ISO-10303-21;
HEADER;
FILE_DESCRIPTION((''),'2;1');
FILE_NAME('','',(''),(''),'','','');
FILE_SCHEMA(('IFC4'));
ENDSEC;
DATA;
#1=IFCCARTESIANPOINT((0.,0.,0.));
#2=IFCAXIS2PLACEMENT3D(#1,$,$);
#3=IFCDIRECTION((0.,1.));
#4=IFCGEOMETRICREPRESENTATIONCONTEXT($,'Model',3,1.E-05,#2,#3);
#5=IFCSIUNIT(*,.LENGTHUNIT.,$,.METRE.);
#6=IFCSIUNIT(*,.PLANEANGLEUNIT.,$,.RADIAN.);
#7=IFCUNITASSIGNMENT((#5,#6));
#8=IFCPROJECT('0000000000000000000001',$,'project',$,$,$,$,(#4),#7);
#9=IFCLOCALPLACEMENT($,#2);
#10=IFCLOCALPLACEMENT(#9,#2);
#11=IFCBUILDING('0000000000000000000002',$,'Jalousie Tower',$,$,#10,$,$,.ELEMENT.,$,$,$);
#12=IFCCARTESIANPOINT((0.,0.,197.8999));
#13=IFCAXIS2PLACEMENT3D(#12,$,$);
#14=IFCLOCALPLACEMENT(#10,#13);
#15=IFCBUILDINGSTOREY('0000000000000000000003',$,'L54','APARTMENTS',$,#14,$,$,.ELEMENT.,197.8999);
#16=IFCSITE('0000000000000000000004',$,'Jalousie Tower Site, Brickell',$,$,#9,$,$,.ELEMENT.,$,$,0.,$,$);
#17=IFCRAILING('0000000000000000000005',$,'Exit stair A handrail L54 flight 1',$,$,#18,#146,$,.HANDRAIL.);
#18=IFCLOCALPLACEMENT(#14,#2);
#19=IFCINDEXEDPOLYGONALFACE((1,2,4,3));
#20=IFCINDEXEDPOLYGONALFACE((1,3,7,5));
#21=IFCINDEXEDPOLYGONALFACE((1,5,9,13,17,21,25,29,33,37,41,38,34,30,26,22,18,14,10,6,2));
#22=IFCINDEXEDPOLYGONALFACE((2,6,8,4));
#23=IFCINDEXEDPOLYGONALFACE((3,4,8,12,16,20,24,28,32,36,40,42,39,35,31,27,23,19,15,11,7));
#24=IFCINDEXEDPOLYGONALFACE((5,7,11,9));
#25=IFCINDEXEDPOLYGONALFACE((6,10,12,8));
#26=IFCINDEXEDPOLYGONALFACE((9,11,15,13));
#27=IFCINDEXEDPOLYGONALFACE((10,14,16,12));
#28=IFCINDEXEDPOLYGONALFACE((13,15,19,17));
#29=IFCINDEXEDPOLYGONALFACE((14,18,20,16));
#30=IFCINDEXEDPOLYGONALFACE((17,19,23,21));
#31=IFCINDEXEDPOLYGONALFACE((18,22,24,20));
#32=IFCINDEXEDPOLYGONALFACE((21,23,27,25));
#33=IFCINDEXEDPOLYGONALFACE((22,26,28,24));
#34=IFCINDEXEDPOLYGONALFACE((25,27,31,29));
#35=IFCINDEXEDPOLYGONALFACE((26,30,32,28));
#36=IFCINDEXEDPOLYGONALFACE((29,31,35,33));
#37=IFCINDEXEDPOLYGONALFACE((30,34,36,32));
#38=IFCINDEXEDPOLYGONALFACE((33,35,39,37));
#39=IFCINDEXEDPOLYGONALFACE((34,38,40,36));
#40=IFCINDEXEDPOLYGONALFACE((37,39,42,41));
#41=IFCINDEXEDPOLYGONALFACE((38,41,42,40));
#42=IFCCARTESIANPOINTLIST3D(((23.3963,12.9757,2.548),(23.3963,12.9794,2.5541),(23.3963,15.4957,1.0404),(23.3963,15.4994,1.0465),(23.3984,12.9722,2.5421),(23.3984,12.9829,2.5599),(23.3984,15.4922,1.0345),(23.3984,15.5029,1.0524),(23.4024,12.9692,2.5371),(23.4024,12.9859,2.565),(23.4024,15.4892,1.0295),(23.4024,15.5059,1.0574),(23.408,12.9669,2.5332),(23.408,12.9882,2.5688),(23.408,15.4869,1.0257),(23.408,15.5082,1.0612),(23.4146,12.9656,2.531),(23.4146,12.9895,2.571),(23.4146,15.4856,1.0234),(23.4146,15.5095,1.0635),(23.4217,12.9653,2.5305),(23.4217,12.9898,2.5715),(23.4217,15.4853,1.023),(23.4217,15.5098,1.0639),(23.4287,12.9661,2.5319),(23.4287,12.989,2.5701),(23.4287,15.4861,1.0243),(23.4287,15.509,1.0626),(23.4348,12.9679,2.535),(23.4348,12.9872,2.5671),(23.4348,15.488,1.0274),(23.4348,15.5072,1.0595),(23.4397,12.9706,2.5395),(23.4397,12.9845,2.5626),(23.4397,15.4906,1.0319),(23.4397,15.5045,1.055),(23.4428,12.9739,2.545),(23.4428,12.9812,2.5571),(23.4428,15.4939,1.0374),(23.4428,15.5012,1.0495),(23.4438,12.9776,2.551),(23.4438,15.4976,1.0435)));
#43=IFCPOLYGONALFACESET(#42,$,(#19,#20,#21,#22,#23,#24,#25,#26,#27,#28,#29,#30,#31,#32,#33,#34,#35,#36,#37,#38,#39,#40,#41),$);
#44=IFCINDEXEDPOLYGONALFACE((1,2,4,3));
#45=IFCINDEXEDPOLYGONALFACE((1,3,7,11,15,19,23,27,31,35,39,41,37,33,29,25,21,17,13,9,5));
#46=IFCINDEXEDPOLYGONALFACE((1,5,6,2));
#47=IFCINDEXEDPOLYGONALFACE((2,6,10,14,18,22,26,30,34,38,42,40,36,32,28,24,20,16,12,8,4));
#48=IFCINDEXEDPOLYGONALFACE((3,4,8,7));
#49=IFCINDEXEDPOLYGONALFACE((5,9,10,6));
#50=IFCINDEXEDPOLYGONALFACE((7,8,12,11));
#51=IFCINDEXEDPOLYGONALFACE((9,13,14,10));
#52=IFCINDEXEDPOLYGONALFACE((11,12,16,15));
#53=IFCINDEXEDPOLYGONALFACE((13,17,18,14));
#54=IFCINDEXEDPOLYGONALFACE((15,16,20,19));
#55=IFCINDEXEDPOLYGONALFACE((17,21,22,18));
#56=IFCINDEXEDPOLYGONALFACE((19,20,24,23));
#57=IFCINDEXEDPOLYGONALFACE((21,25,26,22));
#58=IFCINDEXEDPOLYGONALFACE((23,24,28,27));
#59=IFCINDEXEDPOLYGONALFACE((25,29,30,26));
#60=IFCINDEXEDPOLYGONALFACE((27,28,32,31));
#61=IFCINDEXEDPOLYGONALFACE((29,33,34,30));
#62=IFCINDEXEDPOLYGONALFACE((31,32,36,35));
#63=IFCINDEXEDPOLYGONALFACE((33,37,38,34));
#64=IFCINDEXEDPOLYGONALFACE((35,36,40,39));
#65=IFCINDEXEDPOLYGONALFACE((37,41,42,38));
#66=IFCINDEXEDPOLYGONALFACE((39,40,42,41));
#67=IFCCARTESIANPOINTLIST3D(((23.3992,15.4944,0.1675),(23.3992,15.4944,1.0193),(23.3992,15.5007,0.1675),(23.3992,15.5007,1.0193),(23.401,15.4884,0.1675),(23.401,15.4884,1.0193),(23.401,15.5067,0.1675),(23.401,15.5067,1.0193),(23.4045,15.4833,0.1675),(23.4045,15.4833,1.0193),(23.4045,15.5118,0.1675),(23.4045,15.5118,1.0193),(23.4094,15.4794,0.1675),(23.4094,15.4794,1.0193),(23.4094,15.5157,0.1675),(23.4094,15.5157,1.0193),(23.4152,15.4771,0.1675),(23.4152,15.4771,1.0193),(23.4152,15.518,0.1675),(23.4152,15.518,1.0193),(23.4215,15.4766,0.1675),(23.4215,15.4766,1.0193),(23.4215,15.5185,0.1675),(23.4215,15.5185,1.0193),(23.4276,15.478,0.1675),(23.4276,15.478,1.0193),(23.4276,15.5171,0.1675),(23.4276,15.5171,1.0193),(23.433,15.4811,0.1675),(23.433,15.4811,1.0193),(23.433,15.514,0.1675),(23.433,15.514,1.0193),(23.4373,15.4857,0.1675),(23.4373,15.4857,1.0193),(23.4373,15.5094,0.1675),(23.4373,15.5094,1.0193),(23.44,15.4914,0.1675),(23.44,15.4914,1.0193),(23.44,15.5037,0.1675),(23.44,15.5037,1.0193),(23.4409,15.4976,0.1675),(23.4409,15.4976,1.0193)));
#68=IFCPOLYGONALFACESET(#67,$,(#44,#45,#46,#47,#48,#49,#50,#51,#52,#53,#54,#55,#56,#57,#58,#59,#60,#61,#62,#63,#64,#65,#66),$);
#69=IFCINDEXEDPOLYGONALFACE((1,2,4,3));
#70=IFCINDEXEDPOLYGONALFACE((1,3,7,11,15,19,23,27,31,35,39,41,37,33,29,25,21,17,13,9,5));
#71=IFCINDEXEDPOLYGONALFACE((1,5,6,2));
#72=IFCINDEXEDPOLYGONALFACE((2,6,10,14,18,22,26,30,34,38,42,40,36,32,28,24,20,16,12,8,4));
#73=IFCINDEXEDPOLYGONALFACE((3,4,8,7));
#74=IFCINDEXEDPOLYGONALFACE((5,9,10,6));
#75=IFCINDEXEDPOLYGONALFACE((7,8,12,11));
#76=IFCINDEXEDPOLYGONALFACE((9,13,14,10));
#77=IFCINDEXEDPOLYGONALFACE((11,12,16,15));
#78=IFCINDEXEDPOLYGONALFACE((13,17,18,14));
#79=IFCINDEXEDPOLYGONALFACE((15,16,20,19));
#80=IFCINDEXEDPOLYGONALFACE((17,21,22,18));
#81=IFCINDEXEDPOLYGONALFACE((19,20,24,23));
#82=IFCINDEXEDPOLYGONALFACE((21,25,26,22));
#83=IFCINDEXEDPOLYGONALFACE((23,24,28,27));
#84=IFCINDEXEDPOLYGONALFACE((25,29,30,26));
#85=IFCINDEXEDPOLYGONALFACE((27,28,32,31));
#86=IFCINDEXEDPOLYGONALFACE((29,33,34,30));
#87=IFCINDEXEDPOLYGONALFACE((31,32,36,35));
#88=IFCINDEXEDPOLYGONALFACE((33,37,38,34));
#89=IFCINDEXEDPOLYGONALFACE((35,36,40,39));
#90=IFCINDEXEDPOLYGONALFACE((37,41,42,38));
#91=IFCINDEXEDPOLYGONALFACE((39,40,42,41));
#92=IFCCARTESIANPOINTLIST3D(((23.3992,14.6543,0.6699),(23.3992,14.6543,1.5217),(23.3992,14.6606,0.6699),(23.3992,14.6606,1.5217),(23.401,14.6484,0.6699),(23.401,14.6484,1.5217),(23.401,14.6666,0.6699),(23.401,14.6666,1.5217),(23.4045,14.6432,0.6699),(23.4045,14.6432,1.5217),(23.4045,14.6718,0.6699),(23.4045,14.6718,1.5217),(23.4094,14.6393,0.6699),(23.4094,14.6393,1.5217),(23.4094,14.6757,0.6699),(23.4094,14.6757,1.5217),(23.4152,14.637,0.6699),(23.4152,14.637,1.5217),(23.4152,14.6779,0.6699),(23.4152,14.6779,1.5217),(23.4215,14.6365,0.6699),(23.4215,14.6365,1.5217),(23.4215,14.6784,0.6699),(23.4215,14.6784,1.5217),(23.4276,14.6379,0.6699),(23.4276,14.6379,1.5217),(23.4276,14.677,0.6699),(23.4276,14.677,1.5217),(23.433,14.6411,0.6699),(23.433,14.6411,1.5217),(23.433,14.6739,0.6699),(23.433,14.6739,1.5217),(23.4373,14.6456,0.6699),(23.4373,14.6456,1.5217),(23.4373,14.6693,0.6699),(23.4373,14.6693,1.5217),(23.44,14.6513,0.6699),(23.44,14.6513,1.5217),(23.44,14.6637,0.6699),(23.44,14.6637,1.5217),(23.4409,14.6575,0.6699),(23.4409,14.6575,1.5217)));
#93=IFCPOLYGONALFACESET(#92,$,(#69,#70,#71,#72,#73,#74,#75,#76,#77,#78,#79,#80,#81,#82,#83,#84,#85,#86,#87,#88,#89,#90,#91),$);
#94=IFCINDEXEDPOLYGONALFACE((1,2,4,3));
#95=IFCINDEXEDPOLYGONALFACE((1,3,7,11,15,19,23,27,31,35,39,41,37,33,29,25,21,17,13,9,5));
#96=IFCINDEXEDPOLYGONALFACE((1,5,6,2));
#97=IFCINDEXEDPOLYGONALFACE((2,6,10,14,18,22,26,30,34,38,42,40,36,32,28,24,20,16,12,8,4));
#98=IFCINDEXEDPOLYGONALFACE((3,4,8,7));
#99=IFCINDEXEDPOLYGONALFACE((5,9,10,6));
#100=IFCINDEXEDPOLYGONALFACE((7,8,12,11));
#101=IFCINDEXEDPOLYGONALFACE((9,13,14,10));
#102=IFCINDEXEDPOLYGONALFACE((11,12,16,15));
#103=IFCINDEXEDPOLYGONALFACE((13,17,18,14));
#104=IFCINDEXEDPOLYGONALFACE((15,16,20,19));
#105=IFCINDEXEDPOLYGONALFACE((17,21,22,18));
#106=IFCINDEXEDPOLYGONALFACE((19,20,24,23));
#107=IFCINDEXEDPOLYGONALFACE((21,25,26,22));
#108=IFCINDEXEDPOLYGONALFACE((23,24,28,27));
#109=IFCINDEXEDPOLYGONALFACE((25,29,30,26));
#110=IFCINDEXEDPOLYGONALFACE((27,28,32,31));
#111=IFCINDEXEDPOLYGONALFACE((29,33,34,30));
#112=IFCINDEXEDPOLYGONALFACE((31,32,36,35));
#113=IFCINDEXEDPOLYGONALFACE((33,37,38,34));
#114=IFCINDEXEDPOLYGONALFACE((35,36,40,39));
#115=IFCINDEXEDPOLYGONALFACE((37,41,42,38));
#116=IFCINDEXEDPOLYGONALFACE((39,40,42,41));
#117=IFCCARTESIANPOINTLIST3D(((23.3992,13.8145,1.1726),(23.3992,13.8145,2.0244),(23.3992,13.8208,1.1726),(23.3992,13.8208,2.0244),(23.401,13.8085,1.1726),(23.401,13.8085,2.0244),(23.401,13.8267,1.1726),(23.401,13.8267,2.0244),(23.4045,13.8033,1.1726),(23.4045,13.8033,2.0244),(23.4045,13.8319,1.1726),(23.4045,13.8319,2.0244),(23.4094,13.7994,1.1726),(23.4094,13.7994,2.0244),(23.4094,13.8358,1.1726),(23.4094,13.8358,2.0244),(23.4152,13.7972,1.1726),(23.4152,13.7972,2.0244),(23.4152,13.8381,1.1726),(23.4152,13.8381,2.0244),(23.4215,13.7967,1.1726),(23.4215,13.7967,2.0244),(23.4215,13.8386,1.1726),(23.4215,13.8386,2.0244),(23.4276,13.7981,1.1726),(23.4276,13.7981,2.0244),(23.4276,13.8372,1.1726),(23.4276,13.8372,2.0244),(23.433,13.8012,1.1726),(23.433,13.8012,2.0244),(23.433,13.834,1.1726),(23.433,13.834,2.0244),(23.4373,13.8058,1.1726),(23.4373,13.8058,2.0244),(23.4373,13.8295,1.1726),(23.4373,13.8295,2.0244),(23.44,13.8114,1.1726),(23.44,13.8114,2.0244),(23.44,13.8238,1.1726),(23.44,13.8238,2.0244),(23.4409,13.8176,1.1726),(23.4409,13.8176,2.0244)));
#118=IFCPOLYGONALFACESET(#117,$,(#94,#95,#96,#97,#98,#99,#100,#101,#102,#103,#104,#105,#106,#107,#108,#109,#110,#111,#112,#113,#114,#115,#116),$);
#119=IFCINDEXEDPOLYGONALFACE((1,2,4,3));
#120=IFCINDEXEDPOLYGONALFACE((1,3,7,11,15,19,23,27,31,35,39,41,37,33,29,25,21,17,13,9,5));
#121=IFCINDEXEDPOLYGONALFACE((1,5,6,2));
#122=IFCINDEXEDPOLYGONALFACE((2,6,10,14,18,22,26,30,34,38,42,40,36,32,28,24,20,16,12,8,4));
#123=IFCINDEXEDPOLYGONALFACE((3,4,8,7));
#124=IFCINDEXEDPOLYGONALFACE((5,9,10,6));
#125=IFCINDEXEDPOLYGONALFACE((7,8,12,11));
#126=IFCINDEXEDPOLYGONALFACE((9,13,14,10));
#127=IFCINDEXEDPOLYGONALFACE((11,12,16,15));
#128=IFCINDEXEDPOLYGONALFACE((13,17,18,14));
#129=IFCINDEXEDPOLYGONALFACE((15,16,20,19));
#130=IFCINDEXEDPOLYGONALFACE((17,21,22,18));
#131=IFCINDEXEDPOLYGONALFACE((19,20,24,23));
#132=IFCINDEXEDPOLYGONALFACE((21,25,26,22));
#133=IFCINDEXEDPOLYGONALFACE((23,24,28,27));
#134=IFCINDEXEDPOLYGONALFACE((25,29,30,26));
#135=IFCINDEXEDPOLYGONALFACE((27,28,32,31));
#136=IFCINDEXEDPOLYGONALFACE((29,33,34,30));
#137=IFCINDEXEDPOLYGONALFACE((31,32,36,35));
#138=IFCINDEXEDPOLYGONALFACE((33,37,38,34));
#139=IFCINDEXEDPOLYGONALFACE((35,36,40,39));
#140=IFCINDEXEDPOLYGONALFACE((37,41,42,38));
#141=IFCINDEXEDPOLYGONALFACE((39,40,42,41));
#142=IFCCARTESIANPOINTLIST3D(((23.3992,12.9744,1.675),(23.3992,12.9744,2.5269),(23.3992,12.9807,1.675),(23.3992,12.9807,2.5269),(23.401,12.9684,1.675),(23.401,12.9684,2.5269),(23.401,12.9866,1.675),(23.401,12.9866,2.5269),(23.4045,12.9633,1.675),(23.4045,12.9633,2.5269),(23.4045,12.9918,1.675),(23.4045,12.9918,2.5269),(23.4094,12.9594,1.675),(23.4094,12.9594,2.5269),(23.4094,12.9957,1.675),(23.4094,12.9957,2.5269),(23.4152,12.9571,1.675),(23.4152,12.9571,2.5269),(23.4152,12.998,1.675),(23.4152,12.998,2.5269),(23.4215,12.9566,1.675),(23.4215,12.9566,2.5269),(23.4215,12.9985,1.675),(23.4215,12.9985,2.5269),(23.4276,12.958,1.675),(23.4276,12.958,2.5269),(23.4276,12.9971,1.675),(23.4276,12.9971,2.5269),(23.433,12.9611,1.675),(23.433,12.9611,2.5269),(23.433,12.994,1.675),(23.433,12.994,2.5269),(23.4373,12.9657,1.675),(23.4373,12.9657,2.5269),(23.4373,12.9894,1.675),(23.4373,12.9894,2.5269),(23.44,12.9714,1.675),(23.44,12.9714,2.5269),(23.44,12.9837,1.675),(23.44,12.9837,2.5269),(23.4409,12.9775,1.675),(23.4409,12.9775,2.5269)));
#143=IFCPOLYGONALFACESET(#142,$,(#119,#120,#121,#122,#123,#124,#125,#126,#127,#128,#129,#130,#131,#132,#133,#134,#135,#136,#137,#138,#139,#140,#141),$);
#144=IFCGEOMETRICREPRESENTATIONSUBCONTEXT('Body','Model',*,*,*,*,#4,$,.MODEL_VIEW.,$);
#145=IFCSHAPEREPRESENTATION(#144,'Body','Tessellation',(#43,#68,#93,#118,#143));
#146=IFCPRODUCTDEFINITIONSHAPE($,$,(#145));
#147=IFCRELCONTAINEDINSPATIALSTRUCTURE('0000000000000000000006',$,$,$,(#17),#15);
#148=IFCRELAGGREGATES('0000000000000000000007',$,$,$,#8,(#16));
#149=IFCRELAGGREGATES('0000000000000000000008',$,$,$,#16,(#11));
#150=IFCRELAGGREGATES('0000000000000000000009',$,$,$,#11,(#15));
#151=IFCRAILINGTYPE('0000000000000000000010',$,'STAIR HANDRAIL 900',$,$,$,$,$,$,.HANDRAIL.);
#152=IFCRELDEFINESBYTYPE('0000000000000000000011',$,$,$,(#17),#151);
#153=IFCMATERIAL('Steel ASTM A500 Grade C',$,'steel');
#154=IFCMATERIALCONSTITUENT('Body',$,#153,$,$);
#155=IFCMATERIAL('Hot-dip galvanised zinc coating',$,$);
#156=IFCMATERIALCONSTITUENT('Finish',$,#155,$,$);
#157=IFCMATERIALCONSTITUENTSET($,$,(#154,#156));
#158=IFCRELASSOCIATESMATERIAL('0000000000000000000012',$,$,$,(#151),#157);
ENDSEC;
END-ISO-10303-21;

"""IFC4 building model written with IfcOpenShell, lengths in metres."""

from ifc_helpers import new_model, si_unit, direction, frame, origin, origin_2d, place, context, subcontext, project, spatial, circle, extrude, material, constituent, constituent_set, type_object, element, save


model = new_model("IFC4")

# Units and contexts
model_context = context("Model", 3, precision=1e-05, world=origin(), true_north=direction((0.0, 1.0)))
body_context = subcontext(model_context, "Body", "Model", "MODEL_VIEW")
ifc_project = project(units=[si_unit("LENGTHUNIT", "METRE"), si_unit("PLANEANGLEUNIT", "RADIAN")], contexts=[model_context])

# Site, building, storey
site_placement = place(None, origin())
site = spatial("IfcSite", under=ifc_project, at=site_placement, Name="Jalousie Tower Site, Brickell", CompositionType="ELEMENT", RefElevation=0.0)
building_placement = place(site_placement, origin())
building = spatial("IfcBuilding", under=site, at=building_placement, Name="Jalousie Tower", CompositionType="ELEMENT")
storey_placement = place(building_placement, frame((0.0, 0.0, 197.8999)))
storey = spatial("IfcBuildingStorey", under=building, at=storey_placement, Name="L54", Description="APARTMENTS", CompositionType="ELEMENT", Elevation=197.8999)

# Railing
ifc_material_1 = material(Name="Steel ASTM A500 Grade C", Category="steel")
ifc_constituent_1 = constituent(ifc_material_1, Name="Body")
ifc_material_2 = material(Name="Hot-dip galvanised zinc coating")
ifc_constituent_2 = constituent(ifc_material_2, Name="Finish")
ifc_constituent_set_1 = constituent_set(constituents=[ifc_constituent_1, ifc_constituent_2])
railing_type_1 = type_object("IfcRailingType", Name="STAIR HANDRAIL 900", PredefinedType="HANDRAIL", material=ifc_constituent_set_1)
railing_1_placement = place(storey_placement, frame((23.4199, 15.4976, 0.1675)))
element("IfcRailing", 1, at=railing_1_placement, inside=storey, type_object=railing_type_1, Name="Exit stair A handrail L54 flight 1", PredefinedType="HANDRAIL", context=body_context, shape_type="SweptSolid", body=[
    extrude(circle(Radius=0.0239, at=origin_2d()), frame((0.0, 0.0, 0.876), z_axis=(0.0, -0.85816, 0.513383), x_axis=(1.0, 0.0, 0.0)), (0.0, 0.0, 1.0), 2.9365),
    extrude(circle(Radius=0.021, at=origin_2d()), origin(), (0.0, 0.0, 1.0), 0.8518),
    extrude(circle(Radius=0.021, at=origin_2d()), frame((0.0, -0.8401, 0.5024)), (0.0, 0.0, 1.0), 0.8518),
    extrude(circle(Radius=0.021, at=origin_2d()), frame((0.0, -1.6799, 1.0051)), (0.0, 0.0, 1.0), 0.8518),
    extrude(circle(Radius=0.021, at=origin_2d()), frame((0.0, -2.52, 1.5076)), (0.0, 0.0, 1.0), 0.8518),
])

save(model, "model.ifc")
